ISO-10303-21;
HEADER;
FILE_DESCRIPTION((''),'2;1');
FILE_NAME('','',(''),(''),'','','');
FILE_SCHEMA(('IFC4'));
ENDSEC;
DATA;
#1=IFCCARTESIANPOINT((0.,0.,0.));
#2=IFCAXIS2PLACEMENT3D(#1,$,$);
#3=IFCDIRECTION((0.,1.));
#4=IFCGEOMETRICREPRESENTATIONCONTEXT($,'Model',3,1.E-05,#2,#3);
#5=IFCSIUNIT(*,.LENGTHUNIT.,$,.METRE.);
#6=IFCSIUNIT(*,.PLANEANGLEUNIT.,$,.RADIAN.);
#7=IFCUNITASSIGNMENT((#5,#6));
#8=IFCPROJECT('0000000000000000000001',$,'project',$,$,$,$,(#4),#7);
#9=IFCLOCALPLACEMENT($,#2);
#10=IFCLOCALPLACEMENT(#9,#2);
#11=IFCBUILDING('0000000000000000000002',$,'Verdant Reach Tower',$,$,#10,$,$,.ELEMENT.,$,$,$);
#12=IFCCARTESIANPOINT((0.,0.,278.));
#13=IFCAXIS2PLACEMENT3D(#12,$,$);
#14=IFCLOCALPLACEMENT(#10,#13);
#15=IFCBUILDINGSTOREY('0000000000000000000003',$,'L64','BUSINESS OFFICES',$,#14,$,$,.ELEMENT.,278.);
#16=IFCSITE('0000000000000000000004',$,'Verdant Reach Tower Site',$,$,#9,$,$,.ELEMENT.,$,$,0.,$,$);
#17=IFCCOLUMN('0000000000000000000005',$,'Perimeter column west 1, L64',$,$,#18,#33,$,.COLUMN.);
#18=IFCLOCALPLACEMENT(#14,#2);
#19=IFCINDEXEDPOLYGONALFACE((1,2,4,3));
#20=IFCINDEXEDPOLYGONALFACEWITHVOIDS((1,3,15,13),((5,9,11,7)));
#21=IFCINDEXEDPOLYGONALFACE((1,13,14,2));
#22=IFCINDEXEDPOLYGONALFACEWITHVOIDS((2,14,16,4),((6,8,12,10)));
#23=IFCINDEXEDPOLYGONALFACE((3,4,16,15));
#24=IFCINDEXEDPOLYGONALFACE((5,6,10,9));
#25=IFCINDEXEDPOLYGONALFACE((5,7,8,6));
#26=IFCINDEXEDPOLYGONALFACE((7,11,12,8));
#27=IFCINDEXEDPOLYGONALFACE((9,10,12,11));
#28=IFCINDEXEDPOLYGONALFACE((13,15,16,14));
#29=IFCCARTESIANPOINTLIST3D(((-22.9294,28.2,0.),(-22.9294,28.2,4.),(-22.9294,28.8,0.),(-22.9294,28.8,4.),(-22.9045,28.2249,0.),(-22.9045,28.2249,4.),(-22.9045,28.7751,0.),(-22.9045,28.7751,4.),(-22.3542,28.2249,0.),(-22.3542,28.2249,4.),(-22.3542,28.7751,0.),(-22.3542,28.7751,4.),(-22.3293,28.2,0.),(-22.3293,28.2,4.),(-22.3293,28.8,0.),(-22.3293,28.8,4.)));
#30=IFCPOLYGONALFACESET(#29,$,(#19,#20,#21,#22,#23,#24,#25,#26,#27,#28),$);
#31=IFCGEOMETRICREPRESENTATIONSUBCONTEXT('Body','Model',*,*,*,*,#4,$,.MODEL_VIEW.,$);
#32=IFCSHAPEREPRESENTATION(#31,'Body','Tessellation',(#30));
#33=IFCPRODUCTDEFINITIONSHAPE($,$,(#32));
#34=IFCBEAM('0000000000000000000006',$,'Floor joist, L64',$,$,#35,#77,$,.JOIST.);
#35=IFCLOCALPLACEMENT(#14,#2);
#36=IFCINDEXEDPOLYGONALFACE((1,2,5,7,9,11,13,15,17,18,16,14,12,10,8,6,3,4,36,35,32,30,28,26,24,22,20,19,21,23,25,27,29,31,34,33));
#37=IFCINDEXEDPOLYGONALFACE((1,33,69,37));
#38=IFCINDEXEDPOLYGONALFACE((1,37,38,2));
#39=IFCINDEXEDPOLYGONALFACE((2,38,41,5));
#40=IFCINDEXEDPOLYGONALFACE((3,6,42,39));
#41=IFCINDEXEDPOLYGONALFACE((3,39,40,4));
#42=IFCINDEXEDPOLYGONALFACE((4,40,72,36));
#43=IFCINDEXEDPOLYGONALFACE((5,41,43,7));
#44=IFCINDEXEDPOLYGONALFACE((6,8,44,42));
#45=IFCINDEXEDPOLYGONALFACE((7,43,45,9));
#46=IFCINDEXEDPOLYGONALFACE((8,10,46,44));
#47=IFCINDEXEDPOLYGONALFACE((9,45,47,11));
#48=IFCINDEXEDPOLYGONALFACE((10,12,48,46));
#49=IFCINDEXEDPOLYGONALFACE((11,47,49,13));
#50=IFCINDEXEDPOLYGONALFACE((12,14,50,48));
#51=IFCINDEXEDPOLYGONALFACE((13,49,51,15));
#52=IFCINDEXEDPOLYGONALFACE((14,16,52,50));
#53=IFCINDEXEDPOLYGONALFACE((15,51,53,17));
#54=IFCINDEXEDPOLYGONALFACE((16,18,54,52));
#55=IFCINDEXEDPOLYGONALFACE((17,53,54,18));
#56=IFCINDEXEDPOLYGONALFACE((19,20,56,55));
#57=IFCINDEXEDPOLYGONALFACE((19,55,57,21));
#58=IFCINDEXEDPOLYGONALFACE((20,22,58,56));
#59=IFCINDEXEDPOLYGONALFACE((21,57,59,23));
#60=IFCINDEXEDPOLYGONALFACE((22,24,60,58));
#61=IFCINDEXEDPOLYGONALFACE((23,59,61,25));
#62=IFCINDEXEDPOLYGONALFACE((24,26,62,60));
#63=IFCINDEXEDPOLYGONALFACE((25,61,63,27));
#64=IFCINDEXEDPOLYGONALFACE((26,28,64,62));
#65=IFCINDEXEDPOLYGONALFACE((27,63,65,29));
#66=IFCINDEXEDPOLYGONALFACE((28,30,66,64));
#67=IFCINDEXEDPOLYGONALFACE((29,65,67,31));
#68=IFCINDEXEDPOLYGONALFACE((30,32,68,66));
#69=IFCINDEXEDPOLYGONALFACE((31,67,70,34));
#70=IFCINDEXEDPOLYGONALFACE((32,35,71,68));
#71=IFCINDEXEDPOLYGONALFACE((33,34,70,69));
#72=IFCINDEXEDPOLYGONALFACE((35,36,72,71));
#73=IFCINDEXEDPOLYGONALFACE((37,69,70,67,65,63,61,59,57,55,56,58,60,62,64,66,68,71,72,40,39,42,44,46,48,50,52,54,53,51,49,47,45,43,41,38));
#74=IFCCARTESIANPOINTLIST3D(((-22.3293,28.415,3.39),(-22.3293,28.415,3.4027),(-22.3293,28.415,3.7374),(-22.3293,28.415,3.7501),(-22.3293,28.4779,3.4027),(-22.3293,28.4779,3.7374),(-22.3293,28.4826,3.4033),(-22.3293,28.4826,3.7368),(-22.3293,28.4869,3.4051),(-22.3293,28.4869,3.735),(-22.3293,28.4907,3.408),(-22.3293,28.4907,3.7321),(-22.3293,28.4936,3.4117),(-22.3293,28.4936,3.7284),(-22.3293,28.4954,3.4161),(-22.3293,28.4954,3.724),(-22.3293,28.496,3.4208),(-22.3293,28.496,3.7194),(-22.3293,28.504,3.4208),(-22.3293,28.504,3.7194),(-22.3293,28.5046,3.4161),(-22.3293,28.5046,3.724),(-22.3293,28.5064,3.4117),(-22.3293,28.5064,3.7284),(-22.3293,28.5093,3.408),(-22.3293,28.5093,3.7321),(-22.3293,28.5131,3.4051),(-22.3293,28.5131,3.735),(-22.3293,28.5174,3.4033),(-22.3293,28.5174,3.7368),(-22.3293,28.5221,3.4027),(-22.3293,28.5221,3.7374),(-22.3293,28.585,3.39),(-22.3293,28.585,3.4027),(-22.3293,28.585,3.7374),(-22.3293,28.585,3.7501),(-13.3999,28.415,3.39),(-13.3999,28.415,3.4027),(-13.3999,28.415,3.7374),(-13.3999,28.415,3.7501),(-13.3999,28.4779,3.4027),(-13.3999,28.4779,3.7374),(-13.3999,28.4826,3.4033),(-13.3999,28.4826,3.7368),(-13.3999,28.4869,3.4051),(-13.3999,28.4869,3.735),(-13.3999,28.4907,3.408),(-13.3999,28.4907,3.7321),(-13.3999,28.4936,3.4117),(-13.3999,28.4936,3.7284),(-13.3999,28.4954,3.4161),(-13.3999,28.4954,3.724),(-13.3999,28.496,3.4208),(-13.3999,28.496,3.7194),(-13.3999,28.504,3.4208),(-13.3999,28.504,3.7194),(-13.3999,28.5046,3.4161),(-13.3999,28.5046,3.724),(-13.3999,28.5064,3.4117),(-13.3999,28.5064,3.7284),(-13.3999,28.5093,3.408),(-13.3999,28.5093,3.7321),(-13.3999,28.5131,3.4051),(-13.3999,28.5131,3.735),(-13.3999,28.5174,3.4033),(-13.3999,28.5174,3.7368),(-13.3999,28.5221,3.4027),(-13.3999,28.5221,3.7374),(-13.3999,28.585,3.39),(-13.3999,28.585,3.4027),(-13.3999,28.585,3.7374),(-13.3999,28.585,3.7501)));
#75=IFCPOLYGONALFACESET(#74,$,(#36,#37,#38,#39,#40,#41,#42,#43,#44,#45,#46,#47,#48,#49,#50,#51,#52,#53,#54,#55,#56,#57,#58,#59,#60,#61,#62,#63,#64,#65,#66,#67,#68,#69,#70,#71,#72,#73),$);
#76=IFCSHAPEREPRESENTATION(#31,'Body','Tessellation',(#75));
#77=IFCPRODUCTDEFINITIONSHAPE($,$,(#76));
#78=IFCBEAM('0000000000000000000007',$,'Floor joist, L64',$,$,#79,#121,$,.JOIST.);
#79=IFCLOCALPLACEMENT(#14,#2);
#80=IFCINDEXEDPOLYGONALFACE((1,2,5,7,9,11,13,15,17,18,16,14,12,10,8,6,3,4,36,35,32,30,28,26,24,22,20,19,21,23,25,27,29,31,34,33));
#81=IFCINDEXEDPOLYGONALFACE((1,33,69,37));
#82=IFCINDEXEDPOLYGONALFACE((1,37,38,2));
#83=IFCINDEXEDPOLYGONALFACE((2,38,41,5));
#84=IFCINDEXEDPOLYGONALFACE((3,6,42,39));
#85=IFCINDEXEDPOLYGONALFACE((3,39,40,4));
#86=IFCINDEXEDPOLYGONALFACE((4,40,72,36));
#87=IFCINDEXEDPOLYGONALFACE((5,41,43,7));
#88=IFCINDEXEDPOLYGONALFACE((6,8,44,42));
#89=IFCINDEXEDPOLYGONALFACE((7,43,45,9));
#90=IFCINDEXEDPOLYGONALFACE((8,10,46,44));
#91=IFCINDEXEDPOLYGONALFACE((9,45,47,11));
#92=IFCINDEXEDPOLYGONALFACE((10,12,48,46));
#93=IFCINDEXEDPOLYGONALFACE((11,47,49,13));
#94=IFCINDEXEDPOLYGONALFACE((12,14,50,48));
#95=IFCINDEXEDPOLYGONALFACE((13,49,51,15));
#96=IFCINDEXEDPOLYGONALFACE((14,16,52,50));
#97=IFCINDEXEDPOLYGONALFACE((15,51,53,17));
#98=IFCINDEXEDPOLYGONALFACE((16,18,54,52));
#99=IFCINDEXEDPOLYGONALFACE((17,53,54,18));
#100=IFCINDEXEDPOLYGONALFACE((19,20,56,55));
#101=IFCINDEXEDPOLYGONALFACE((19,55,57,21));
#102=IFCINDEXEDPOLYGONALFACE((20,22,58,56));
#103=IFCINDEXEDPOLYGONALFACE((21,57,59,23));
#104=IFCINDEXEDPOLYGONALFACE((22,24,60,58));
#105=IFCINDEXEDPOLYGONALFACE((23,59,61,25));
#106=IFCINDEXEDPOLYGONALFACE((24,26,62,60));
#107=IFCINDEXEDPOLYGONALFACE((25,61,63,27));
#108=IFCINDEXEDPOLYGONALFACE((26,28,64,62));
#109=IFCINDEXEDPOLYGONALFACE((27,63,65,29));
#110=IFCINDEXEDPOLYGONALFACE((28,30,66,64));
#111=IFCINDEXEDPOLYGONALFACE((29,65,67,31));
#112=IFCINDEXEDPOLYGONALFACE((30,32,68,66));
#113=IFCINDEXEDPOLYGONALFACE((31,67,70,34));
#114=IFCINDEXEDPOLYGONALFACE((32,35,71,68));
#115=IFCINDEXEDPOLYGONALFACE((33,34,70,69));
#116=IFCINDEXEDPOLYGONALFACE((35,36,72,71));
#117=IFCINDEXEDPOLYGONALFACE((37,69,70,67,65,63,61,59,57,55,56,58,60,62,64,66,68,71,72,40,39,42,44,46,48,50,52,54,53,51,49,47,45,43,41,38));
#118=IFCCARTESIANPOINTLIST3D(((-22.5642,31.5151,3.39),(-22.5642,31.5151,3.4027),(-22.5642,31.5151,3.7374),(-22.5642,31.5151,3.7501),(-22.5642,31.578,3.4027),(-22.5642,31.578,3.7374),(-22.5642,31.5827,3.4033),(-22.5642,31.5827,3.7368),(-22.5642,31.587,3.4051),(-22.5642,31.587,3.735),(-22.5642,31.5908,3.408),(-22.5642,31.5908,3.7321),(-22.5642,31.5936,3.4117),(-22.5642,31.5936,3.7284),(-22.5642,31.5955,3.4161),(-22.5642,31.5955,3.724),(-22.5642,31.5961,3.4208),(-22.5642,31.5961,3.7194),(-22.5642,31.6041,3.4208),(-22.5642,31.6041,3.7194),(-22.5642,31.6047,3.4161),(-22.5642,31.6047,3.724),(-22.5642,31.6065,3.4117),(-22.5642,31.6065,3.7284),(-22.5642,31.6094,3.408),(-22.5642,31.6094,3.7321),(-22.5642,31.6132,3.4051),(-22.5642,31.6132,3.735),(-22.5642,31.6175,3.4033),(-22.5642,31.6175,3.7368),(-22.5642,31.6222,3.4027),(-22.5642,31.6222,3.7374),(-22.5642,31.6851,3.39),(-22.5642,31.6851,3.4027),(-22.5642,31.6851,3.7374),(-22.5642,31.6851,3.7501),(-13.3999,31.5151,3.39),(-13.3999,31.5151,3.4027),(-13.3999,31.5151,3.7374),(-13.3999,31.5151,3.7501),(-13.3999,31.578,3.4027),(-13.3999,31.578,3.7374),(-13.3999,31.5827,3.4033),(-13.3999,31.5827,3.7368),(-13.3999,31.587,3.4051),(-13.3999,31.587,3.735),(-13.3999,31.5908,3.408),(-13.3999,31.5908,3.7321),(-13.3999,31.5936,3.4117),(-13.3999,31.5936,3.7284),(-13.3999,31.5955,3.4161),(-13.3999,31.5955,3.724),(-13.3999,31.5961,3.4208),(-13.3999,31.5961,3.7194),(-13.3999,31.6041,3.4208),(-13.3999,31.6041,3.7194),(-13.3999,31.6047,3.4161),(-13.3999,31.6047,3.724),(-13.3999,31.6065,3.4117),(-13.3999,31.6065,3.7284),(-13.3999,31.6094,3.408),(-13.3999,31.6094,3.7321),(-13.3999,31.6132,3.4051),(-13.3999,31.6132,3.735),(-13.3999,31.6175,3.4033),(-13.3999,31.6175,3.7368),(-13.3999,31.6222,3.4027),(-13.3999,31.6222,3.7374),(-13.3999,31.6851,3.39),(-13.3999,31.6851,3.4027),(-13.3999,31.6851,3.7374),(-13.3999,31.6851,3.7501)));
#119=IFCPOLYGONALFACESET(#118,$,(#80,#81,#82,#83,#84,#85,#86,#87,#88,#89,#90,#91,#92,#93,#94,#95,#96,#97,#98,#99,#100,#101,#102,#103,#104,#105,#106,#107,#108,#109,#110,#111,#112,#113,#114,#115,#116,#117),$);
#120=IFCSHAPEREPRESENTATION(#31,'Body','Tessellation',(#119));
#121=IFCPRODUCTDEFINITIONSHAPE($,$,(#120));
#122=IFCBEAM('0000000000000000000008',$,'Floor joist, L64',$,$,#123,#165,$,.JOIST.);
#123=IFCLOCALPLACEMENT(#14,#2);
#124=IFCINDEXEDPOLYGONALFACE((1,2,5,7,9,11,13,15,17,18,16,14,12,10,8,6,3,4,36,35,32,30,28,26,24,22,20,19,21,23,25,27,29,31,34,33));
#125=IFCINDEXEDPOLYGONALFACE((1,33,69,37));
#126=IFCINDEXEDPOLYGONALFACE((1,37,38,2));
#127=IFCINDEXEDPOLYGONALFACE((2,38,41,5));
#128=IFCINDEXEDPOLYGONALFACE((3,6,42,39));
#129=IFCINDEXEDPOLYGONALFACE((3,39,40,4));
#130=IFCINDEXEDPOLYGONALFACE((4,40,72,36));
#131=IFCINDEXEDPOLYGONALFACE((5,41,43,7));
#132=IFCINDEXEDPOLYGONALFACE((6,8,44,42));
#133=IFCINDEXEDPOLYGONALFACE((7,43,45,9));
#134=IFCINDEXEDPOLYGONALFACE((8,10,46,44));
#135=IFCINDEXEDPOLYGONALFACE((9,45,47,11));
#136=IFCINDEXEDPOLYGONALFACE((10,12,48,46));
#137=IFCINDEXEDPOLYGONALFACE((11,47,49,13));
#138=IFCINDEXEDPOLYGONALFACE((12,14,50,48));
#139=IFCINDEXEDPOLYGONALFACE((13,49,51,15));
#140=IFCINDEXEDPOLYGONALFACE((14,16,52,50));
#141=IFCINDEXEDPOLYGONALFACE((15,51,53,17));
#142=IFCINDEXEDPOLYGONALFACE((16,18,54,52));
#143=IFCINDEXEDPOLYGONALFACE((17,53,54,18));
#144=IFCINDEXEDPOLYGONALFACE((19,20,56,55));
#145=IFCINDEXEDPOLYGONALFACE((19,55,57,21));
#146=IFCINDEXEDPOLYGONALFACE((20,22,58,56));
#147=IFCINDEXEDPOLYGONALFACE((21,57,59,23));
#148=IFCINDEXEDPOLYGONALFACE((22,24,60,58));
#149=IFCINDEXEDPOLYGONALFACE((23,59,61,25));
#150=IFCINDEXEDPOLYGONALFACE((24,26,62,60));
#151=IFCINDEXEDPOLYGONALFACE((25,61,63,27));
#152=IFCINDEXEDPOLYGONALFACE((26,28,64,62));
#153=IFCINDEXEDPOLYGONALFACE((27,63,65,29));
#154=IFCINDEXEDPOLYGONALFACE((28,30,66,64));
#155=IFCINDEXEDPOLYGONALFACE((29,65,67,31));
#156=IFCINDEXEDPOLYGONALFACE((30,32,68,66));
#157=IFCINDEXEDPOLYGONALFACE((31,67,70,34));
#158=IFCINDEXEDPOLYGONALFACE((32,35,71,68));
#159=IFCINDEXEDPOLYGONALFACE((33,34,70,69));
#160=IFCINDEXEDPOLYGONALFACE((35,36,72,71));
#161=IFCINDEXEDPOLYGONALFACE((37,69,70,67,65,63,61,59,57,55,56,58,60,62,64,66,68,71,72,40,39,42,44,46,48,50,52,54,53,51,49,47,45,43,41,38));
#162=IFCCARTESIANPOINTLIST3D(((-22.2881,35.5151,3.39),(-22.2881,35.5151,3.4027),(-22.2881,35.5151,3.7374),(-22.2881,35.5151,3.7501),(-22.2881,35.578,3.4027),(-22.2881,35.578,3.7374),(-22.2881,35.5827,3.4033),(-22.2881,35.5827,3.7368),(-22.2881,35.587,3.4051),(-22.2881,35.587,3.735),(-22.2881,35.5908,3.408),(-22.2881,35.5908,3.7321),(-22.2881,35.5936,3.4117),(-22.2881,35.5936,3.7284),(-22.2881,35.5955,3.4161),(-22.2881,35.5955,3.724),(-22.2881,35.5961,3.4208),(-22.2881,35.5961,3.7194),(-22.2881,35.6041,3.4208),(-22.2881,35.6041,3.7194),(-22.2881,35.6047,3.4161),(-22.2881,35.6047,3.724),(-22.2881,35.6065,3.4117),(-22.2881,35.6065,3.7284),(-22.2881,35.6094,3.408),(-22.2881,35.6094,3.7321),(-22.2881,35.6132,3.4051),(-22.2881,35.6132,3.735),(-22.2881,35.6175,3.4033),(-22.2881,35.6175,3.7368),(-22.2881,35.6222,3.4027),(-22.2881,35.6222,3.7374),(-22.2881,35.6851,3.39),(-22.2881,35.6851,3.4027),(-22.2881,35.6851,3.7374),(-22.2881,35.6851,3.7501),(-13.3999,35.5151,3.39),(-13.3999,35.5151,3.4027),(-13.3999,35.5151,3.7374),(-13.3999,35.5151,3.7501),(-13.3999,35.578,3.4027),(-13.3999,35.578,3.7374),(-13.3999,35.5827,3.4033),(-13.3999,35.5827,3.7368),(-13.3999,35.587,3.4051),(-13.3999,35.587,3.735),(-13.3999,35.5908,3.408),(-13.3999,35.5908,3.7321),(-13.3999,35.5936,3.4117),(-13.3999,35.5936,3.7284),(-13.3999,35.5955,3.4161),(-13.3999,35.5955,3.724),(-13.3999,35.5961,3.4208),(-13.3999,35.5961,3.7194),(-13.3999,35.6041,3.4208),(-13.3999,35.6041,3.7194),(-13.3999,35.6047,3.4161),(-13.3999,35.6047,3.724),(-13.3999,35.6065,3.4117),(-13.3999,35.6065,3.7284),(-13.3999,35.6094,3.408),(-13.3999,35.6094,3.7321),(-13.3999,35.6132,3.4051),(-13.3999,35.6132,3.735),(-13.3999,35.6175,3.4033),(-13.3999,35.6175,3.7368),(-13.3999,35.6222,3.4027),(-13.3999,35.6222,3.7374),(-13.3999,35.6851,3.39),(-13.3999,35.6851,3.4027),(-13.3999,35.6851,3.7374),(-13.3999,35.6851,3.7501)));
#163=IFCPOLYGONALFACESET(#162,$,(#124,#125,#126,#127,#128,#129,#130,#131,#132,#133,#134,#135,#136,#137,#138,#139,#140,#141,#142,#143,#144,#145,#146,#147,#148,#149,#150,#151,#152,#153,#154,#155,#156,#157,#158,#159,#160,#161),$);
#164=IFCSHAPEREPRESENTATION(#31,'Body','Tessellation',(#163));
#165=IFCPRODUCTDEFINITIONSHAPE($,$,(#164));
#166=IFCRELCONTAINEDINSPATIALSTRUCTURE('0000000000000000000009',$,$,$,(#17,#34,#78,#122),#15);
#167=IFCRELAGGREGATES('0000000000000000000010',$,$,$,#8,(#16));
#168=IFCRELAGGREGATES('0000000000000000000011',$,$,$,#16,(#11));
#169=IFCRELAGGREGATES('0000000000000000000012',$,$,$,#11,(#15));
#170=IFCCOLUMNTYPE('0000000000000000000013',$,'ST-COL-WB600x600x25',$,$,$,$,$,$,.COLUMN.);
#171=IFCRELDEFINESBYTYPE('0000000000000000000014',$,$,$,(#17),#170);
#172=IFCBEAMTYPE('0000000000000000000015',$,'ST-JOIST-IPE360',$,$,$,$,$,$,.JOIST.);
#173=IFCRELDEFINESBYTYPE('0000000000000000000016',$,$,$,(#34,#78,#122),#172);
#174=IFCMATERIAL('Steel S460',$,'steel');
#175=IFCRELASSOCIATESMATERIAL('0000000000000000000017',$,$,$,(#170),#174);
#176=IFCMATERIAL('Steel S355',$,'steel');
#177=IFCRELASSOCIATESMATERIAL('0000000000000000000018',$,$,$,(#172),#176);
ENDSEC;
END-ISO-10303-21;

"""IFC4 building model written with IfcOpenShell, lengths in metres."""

from ifc_helpers import new_model, si_unit, direction, frame, origin, origin_2d, place, context, subcontext, project, spatial, hollow_rectangle, i_section, extrude, material, material_profile, profile_set, type_object, element, save


model = new_model("IFC4")

# Units and contexts
model_context = context("Model", 3, precision=1e-05, world=origin(), true_north=direction((0.0, 1.0)))
body_context = subcontext(model_context, "Body", "Model", "MODEL_VIEW")
ifc_project = project(units=[si_unit("LENGTHUNIT", "METRE"), si_unit("PLANEANGLEUNIT", "RADIAN")], contexts=[model_context])

# Site, building, storey
site_placement = place(None, origin())
site = spatial("IfcSite", under=ifc_project, at=site_placement, Name="Verdant Reach Tower Site", CompositionType="ELEMENT", RefElevation=0.0)
building_placement = place(site_placement, origin())
building = spatial("IfcBuilding", under=site, at=building_placement, Name="Verdant Reach Tower", CompositionType="ELEMENT")
storey_placement = place(building_placement, frame((0.0, 0.0, 278.0)))
storey = spatial("IfcBuildingStorey", under=building, at=storey_placement, Name="L64", Description="BUSINESS OFFICES", CompositionType="ELEMENT", Elevation=278.0)

# Column
ifc_material_1 = material(Name="Steel S460", Category="steel")
ifc_material_profile_1 = material_profile(ifc_material_1, hollow_rectangle(XDim=0.6001, YDim=0.6001, WallThickness=0.0249, at=origin_2d()), Name="WB 600x600x25")
ifc_profile_set_1 = profile_set([ifc_material_profile_1], Name="Steel S460")
column_type = type_object("IfcColumnType", Name="ST-COL-WB600x600x25", PredefinedType="COLUMN", material=ifc_profile_set_1)
column_placement = place(storey_placement, frame((-22.6294, 28.5, 0.0), z_axis=(0.0, 0.0, 1.0), x_axis=(1.0, 0.0, 0.0)))
element("IfcColumn", 1, at=column_placement, inside=storey, type_object=column_type, Name="Perimeter column west 1, L64", PredefinedType="COLUMN", context=body_context, shape_type="SweptSolid", body=[
    extrude(hollow_rectangle(XDim=0.6001, YDim=0.6001, WallThickness=0.0249, at=origin_2d()), origin(), (0.0, 0.0, 1.0), 4.0),
])

# Beams
ifc_material_2 = material(Name="Steel S355", Category="steel")
ifc_material_profile_2 = material_profile(ifc_material_2, i_section(OverallWidth=0.1699, OverallDepth=0.3601, WebThickness=0.0081, FlangeThickness=0.0127, FilletRadius=0.0181, at=origin_2d()), Name="IPE 360")
ifc_profile_set_2 = profile_set([ifc_material_profile_2], Name="Steel S355")
beam_type_1 = type_object("IfcBeamType", Name="ST-JOIST-IPE360", PredefinedType="JOIST", material=ifc_profile_set_2)
beam_1_placement = place(storey_placement, frame((-13.3999, 28.5, 3.5701), z_axis=(-1.0, 0.0, 0.0), x_axis=(0.0, -1.0, 0.0)))
element("IfcBeam", 2, at=beam_1_placement, inside=storey, type_object=beam_type_1, Name="Floor joist, L64", PredefinedType="JOIST", context=body_context, shape_type="SweptSolid", body=[
    extrude(i_section(OverallWidth=0.1699, OverallDepth=0.3601, WebThickness=0.0081, FlangeThickness=0.0127, FilletRadius=0.0181, at=origin_2d()), origin(), (0.0, 0.0, 1.0), 8.9294),
])
beam_2_placement = place(storey_placement, frame((-13.3999, 31.6001, 3.5701), z_axis=(-1.0, 0.0, 0.0), x_axis=(0.0, -1.0, 0.0)))
element("IfcBeam", 3, at=beam_2_placement, inside=storey, type_object=beam_type_1, Name="Floor joist, L64", PredefinedType="JOIST", context=body_context, shape_type="SweptSolid", body=[
    extrude(i_section(OverallWidth=0.1699, OverallDepth=0.3601, WebThickness=0.0081, FlangeThickness=0.0127, FilletRadius=0.0181, at=origin_2d()), origin(), (0.0, 0.0, 1.0), 9.1643),
])
beam_3_placement = place(storey_placement, frame((-13.3999, 35.6001, 3.5701), z_axis=(-1.0, 0.0, 0.0), x_axis=(0.0, -1.0, 0.0)))
element("IfcBeam", 4, at=beam_3_placement, inside=storey, type_object=beam_type_1, Name="Floor joist, L64", PredefinedType="JOIST", context=body_context, shape_type="SweptSolid", body=[
    extrude(i_section(OverallWidth=0.1699, OverallDepth=0.3601, WebThickness=0.0081, FlangeThickness=0.0127, FilletRadius=0.0181, at=origin_2d()), origin(), (0.0, 0.0, 1.0), 8.8882),
])

save(model, "model.ifc")
